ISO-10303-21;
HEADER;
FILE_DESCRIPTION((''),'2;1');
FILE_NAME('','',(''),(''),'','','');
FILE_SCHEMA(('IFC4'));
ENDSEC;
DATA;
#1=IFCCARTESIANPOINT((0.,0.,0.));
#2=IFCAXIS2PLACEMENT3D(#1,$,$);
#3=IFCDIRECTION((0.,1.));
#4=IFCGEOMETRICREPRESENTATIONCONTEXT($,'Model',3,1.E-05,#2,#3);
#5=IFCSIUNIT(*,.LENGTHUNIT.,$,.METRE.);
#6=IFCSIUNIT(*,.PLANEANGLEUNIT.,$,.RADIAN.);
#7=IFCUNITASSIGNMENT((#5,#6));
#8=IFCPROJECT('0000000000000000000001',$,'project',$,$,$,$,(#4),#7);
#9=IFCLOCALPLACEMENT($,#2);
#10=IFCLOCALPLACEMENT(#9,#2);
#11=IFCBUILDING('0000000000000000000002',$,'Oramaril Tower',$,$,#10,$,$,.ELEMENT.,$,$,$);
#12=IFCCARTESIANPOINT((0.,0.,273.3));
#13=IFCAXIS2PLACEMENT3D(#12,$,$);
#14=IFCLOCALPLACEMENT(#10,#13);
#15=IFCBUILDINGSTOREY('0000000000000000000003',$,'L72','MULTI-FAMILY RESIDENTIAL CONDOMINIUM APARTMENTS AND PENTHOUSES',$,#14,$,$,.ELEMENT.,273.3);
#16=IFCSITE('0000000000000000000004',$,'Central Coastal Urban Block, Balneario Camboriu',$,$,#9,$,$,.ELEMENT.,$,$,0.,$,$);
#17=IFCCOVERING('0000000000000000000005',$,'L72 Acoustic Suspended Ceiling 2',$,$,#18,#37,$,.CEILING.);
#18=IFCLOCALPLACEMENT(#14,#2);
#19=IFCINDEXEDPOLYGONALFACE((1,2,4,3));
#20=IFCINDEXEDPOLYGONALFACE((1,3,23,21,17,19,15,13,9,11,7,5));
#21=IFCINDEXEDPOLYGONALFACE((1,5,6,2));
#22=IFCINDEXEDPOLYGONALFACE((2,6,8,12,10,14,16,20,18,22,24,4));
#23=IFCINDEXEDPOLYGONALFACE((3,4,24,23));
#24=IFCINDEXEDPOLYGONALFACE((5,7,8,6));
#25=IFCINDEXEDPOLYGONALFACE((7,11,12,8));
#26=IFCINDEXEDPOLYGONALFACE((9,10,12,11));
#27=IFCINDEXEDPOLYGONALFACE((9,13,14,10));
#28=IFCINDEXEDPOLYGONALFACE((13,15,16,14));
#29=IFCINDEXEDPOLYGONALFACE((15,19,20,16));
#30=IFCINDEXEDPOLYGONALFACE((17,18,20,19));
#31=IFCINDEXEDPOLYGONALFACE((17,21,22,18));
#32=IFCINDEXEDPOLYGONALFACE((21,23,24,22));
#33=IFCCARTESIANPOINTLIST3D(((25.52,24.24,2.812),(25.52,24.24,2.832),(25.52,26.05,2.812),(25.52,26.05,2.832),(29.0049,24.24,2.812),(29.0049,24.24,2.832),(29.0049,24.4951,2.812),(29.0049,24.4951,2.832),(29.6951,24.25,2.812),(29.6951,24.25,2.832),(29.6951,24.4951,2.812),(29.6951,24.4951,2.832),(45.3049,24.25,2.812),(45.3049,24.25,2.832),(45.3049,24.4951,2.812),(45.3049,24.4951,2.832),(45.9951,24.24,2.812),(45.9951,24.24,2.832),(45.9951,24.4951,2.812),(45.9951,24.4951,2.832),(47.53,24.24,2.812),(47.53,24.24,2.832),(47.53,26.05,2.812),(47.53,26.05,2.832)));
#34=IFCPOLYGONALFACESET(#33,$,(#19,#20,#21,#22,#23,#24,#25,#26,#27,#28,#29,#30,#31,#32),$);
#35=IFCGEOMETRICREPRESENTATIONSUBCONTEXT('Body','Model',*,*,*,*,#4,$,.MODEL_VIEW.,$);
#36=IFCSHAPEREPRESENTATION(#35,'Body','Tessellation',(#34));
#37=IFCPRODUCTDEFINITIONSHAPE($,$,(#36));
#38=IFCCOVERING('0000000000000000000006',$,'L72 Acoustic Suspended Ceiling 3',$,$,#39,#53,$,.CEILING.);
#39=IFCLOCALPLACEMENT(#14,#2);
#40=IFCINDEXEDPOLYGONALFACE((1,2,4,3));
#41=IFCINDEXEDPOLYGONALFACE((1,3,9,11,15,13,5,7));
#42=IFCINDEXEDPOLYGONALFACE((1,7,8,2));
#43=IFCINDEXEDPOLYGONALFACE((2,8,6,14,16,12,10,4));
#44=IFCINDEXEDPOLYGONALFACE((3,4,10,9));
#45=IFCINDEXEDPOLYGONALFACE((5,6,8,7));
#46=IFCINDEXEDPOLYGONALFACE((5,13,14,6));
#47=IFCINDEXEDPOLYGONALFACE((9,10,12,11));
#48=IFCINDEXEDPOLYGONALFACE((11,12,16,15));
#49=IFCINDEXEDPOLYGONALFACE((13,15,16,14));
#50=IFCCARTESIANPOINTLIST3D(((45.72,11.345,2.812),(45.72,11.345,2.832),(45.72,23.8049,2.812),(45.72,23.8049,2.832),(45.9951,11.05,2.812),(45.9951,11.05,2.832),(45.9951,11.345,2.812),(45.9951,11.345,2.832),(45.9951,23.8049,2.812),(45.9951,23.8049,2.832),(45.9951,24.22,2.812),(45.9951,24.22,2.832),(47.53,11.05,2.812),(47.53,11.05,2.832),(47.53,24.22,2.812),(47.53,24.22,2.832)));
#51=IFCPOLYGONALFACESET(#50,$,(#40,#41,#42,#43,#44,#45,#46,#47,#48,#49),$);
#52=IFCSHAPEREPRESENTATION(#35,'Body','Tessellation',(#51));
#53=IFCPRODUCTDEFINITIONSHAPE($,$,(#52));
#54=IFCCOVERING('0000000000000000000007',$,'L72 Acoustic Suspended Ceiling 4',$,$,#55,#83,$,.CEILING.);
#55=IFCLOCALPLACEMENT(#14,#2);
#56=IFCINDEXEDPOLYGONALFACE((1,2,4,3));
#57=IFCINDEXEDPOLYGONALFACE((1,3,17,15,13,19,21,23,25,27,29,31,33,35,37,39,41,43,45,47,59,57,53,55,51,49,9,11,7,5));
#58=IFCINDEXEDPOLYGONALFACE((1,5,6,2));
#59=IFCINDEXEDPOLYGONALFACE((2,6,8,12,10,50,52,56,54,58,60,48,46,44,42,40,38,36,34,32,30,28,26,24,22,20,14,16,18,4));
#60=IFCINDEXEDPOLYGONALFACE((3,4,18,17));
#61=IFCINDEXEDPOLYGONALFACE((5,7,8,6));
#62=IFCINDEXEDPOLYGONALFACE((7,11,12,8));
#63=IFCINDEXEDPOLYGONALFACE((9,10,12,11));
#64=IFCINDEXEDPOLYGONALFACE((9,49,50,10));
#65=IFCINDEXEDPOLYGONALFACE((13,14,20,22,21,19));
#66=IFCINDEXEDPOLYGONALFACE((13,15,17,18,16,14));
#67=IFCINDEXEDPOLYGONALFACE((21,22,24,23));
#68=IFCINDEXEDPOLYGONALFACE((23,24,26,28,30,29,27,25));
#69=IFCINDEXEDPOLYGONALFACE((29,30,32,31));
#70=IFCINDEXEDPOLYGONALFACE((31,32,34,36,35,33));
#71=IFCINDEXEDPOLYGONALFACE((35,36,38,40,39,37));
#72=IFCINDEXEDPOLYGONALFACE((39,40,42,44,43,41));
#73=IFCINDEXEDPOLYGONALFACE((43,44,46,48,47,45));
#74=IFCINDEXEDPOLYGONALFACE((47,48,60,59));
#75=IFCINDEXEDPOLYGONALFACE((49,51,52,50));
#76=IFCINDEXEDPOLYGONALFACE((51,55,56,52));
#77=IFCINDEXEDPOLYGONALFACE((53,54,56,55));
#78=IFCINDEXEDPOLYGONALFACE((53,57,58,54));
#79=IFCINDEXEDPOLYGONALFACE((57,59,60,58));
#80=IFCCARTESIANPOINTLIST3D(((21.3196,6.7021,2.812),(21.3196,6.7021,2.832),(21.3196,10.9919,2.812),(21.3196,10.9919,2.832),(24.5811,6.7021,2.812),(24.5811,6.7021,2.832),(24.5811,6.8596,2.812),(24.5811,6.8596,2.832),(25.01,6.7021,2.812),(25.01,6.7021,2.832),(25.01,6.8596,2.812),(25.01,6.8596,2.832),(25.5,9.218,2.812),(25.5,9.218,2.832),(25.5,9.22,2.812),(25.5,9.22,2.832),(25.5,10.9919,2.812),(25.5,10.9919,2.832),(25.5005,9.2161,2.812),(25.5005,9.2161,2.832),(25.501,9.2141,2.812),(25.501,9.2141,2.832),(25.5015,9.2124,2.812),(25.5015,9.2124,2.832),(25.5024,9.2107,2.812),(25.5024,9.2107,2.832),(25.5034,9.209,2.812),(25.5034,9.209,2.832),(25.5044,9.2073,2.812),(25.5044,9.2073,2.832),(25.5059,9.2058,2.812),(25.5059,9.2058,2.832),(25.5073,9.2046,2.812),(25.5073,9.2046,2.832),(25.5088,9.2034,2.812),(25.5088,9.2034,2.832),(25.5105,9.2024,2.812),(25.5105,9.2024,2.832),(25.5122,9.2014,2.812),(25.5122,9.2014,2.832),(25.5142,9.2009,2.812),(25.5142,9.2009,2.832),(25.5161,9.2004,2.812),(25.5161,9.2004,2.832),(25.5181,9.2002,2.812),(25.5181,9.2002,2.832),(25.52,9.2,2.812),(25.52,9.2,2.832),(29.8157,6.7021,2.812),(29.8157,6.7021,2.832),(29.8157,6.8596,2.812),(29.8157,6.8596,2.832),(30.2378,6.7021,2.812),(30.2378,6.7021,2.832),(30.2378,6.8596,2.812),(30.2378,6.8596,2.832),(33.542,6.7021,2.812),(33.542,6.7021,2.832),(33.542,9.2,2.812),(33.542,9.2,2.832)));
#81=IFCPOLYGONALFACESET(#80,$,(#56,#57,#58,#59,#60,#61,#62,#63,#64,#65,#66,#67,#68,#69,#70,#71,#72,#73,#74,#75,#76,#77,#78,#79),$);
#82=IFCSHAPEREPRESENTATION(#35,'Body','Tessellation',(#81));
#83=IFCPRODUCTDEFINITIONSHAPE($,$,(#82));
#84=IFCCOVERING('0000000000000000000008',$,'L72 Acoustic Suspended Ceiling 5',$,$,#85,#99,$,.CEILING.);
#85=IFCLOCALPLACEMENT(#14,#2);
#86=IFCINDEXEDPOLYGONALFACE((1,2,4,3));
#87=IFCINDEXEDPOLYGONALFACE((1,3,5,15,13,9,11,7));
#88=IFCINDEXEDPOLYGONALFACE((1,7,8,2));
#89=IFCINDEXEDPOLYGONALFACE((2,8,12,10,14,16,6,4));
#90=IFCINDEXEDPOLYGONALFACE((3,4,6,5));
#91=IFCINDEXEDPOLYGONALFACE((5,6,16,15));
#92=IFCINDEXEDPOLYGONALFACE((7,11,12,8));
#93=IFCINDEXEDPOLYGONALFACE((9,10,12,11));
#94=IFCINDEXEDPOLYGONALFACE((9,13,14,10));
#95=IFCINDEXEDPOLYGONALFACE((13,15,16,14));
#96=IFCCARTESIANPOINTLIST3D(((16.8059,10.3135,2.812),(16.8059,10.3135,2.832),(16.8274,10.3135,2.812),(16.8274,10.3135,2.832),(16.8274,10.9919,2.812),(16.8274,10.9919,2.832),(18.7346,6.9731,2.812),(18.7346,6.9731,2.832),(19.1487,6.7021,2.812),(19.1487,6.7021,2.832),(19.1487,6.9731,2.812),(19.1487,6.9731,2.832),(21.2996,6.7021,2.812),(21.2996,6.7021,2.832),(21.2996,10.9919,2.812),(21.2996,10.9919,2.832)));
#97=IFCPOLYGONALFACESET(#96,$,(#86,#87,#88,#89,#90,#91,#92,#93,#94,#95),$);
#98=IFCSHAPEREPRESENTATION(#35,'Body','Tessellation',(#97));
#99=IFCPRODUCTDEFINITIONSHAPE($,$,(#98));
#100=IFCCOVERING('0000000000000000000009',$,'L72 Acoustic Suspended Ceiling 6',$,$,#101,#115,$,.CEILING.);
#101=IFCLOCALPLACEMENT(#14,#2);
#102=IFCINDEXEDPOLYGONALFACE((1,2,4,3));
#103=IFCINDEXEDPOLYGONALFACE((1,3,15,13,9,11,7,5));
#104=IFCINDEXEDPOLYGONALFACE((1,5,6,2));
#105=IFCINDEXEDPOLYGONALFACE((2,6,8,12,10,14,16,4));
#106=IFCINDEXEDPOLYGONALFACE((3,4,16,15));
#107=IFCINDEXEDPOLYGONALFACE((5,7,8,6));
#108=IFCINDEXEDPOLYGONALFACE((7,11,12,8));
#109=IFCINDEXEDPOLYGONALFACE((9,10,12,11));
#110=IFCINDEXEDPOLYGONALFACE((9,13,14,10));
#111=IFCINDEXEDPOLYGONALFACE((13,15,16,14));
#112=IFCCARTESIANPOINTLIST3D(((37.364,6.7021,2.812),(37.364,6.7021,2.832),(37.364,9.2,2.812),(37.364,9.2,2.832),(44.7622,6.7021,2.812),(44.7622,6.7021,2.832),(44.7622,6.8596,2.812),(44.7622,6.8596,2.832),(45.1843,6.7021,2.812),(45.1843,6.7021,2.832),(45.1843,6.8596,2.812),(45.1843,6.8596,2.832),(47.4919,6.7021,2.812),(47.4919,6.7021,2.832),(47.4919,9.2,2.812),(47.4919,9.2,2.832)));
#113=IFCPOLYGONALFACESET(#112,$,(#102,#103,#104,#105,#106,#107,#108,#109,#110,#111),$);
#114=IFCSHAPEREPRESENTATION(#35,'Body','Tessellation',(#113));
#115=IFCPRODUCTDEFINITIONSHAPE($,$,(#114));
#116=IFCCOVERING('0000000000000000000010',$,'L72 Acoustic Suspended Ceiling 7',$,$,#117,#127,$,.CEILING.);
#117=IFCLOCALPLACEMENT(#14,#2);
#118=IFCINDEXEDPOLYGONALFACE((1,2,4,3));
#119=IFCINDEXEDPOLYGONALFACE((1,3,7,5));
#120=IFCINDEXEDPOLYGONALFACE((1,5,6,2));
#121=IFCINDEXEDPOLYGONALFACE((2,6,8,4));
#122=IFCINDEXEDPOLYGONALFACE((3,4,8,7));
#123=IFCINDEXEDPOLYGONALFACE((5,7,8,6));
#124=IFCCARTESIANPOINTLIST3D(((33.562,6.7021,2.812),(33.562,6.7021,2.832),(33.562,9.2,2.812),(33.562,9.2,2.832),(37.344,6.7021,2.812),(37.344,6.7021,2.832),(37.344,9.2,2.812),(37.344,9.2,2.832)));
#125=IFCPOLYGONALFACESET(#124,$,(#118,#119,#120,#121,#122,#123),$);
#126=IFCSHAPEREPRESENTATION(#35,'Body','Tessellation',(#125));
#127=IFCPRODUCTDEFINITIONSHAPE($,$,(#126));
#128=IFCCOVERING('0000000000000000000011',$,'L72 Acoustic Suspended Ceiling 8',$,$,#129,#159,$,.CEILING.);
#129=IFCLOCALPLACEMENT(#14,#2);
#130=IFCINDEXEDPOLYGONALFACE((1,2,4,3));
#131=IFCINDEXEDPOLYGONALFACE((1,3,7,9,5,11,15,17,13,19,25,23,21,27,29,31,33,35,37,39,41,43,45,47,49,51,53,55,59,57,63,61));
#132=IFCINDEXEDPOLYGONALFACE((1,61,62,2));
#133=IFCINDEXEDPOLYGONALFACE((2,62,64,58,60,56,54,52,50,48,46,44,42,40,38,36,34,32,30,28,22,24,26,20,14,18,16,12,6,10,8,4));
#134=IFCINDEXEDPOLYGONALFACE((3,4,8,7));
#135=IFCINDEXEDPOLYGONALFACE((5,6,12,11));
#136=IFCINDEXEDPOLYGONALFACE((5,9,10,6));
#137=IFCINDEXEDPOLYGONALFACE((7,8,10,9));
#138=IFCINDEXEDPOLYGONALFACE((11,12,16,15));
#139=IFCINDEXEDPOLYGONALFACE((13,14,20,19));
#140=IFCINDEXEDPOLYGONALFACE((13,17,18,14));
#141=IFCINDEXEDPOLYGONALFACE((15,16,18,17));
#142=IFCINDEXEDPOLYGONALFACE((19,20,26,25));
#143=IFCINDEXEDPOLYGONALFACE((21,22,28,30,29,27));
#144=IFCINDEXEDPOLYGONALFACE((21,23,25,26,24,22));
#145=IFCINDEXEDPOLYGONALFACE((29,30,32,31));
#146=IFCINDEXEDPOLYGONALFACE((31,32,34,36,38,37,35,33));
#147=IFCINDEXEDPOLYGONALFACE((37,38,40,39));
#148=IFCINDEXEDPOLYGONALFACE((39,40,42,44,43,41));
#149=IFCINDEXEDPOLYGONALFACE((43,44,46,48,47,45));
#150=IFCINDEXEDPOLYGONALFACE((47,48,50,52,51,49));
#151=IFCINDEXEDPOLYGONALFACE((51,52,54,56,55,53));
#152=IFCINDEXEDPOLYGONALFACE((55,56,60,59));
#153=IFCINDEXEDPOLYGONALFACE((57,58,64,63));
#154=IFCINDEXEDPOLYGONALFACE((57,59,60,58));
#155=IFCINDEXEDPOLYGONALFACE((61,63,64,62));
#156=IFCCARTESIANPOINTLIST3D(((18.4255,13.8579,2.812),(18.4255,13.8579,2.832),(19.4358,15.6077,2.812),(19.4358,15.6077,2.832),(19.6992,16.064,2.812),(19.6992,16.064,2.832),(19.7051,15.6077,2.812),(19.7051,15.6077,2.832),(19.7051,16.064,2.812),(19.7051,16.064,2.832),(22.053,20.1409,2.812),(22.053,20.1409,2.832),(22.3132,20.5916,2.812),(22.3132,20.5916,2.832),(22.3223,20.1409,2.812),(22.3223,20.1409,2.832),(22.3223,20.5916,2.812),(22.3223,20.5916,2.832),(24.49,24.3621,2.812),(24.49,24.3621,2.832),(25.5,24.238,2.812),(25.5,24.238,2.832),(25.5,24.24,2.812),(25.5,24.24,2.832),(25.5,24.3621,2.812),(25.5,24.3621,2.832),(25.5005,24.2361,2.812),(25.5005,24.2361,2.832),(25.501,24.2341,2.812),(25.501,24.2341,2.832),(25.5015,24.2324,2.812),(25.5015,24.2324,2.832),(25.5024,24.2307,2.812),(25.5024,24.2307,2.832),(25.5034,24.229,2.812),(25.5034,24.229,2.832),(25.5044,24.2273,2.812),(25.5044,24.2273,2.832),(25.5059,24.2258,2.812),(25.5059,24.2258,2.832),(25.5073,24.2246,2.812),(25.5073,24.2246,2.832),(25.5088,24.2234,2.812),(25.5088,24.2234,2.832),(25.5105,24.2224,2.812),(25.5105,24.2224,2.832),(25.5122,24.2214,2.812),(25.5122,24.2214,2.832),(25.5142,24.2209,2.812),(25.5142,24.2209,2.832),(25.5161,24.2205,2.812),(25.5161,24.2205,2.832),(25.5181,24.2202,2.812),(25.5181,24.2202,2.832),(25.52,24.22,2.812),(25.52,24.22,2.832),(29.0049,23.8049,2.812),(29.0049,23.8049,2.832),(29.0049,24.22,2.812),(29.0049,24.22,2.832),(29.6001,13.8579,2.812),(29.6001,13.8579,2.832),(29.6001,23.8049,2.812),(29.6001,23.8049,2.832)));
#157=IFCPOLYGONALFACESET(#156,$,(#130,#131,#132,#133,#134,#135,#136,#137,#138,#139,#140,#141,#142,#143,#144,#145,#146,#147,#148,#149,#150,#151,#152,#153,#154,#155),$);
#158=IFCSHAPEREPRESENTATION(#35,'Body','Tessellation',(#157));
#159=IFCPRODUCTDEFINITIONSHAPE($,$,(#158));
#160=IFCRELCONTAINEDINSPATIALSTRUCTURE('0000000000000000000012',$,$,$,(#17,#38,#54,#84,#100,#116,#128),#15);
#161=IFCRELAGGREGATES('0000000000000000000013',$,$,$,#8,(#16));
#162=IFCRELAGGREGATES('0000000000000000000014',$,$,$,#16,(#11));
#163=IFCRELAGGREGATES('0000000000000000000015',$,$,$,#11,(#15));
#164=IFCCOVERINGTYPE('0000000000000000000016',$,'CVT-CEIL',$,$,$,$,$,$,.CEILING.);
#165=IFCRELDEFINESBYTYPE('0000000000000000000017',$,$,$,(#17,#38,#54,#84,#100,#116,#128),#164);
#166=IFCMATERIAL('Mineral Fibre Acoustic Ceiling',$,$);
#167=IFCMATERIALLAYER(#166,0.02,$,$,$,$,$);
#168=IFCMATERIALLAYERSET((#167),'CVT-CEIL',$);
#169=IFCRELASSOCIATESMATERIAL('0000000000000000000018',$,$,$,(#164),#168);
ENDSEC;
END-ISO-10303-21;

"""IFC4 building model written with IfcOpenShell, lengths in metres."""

from ifc_helpers import new_model, si_unit, direction, frame, origin, place, context, subcontext, project, spatial, polyline, outline, extrude, material, layer, layer_set, type_object, element, save


model = new_model("IFC4")

# Units and contexts
model_context = context("Model", 3, precision=1e-05, world=origin(), true_north=direction((0.0, 1.0)))
body_context = subcontext(model_context, "Body", "Model", "MODEL_VIEW")
ifc_project = project(units=[si_unit("LENGTHUNIT", "METRE"), si_unit("PLANEANGLEUNIT", "RADIAN")], contexts=[model_context])

# Site, building, storey
site_placement = place(None, origin())
site = spatial("IfcSite", under=ifc_project, at=site_placement, Name="Central Coastal Urban Block, Balneario Camboriu", CompositionType="ELEMENT", RefElevation=0.0)
building_placement = place(site_placement, origin())
building = spatial("IfcBuilding", under=site, at=building_placement, Name="Oramaril Tower", CompositionType="ELEMENT")
storey_placement = place(building_placement, frame((0.0, 0.0, 273.3)))
storey = spatial("IfcBuildingStorey", under=building, at=storey_placement, Name="L72", Description="MULTI-FAMILY RESIDENTIAL CONDOMINIUM APARTMENTS AND PENTHOUSES", CompositionType="ELEMENT", Elevation=273.3)

# Coverings
ifc_material_1 = material(Name="Mineral Fibre Acoustic Ceiling")
ifc_layer_1 = layer(ifc_material_1, 0.02)
ifc_layer_set_1 = layer_set([ifc_layer_1], Name="CVT-CEIL")
covering_type_1 = type_object("IfcCoveringType", Name="CVT-CEIL", PredefinedType="CEILING", material=ifc_layer_set_1)
covering_1_placement = place(storey_placement, frame((0.0, 0.0, 2.812)))
element("IfcCovering", 1, at=covering_1_placement, inside=storey, type_object=covering_type_1, Name="L72 Acoustic Suspended Ceiling 2", PredefinedType="CEILING", context=body_context, shape_type="SweptSolid", body=[
    extrude(outline(polyline([(47.53, 24.24), (45.9951, 24.24), (45.9951, 24.4951), (45.3049, 24.4951), (45.3049, 24.25), (29.6951, 24.25), (29.6951, 24.4951), (29.0049, 24.4951), (29.0049, 24.24), (25.52, 24.24), (25.52, 26.05), (47.53, 26.05), (47.53, 24.24)])), origin(), (0.0, 0.0, 1.0), 0.02),
])
covering_2_placement = place(storey_placement, frame((0.0, 0.0, 2.812)))
element("IfcCovering", 2, at=covering_2_placement, inside=storey, type_object=covering_type_1, Name="L72 Acoustic Suspended Ceiling 3", PredefinedType="CEILING", context=body_context, shape_type="SweptSolid", body=[
    extrude(outline(polyline([(47.53, 11.05), (45.9951, 11.05), (45.9951, 11.345), (45.72, 11.345), (45.72, 23.8049), (45.9951, 23.8049), (45.9951, 24.22), (47.53, 24.22), (47.53, 11.05)])), origin(), (0.0, 0.0, 1.0), 0.02),
])
covering_3_placement = place(storey_placement, frame((0.0, 0.0, 2.812)))
element("IfcCovering", 3, at=covering_3_placement, inside=storey, type_object=covering_type_1, Name="L72 Acoustic Suspended Ceiling 4", PredefinedType="CEILING", context=body_context, shape_type="SweptSolid", body=[
    extrude(outline(polyline([(33.542, 6.7021), (30.2378, 6.7021), (30.2378, 6.8596), (29.8157, 6.8596), (29.8157, 6.7021), (25.01, 6.7021), (25.01, 6.8596), (24.5811, 6.8596), (24.5811, 6.7021), (21.3196, 6.7021), (21.3196, 10.9919), (25.5, 10.9919), (25.5, 9.22), (25.5, 9.218), (25.5005, 9.2161), (25.501, 9.2141), (25.5015, 9.2124), (25.5024, 9.2107), (25.5034, 9.209), (25.5044, 9.2073), (25.5059, 9.2058), (25.5073, 9.2046), (25.5088, 9.2034), (25.5105, 9.2024), (25.5122, 9.2014), (25.5142, 9.2009), (25.5161, 9.2004), (25.5181, 9.2002), (25.52, 9.2), (33.542, 9.2), (33.542, 6.7021)])), origin(), (0.0, 0.0, 1.0), 0.02),
])
covering_4_placement = place(storey_placement, frame((0.0, 0.0, 2.812)))
element("IfcCovering", 4, at=covering_4_placement, inside=storey, type_object=covering_type_1, Name="L72 Acoustic Suspended Ceiling 5", PredefinedType="CEILING", context=body_context, shape_type="SweptSolid", body=[
    extrude(outline(polyline([(19.1487, 6.7021), (19.1487, 6.9731), (18.7346, 6.9731), (16.8059, 10.3135), (16.8274, 10.3135), (16.8274, 10.9919), (21.2996, 10.9919), (21.2996, 6.7021), (19.1487, 6.7021)])), origin(), (0.0, 0.0, 1.0), 0.02),
])
covering_5_placement = place(storey_placement, frame((0.0, 0.0, 2.812)))
element("IfcCovering", 5, at=covering_5_placement, inside=storey, type_object=covering_type_1, Name="L72 Acoustic Suspended Ceiling 6", PredefinedType="CEILING", context=body_context, shape_type="SweptSolid", body=[
    extrude(outline(polyline([(45.1843, 6.8596), (44.7622, 6.8596), (44.7622, 6.7021), (37.364, 6.7021), (37.364, 9.2), (47.4919, 9.2), (47.4919, 6.7021), (45.1843, 6.7021), (45.1843, 6.8596)])), origin(), (0.0, 0.0, 1.0), 0.02),
])
covering_6_placement = place(storey_placement, frame((0.0, 0.0, 2.812)))
element("IfcCovering", 6, at=covering_6_placement, inside=storey, type_object=covering_type_1, Name="L72 Acoustic Suspended Ceiling 7", PredefinedType="CEILING", context=body_context, shape_type="SweptSolid", body=[
    extrude(outline(polyline([(33.562, 6.7021), (33.562, 9.2), (37.344, 9.2), (37.344, 6.7021), (33.562, 6.7021)])), origin(), (0.0, 0.0, 1.0), 0.02),
])
covering_7_placement = place(storey_placement, frame((0.0, 0.0, 2.812)))
element("IfcCovering", 7, at=covering_7_placement, inside=storey, type_object=covering_type_1, Name="L72 Acoustic Suspended Ceiling 8", PredefinedType="CEILING", context=body_context, shape_type="SweptSolid", body=[
    extrude(outline(polyline([(19.4358, 15.6077), (19.7051, 15.6077), (19.7051, 16.064), (19.6992, 16.064), (22.053, 20.1409), (22.3223, 20.1409), (22.3223, 20.5916), (22.3132, 20.5916), (24.49, 24.3621), (25.5, 24.3621), (25.5, 24.24), (25.5, 24.238), (25.5005, 24.2361), (25.501, 24.2341), (25.5015, 24.2324), (25.5024, 24.2307), (25.5034, 24.229), (25.5044, 24.2273), (25.5059, 24.2258), (25.5073, 24.2246), (25.5088, 24.2234), (25.5105, 24.2224), (25.5122, 24.2214), (25.5142, 24.2209), (25.5161, 24.2205), (25.5181, 24.2202), (25.52, 24.22), (29.0049, 24.22), (29.0049, 23.8049), (29.6001, 23.8049), (29.6001, 13.8579), (18.4255, 13.8579), (19.4358, 15.6077)])), origin(), (0.0, 0.0, 1.0), 0.02),
])

save(model, "model.ifc")
